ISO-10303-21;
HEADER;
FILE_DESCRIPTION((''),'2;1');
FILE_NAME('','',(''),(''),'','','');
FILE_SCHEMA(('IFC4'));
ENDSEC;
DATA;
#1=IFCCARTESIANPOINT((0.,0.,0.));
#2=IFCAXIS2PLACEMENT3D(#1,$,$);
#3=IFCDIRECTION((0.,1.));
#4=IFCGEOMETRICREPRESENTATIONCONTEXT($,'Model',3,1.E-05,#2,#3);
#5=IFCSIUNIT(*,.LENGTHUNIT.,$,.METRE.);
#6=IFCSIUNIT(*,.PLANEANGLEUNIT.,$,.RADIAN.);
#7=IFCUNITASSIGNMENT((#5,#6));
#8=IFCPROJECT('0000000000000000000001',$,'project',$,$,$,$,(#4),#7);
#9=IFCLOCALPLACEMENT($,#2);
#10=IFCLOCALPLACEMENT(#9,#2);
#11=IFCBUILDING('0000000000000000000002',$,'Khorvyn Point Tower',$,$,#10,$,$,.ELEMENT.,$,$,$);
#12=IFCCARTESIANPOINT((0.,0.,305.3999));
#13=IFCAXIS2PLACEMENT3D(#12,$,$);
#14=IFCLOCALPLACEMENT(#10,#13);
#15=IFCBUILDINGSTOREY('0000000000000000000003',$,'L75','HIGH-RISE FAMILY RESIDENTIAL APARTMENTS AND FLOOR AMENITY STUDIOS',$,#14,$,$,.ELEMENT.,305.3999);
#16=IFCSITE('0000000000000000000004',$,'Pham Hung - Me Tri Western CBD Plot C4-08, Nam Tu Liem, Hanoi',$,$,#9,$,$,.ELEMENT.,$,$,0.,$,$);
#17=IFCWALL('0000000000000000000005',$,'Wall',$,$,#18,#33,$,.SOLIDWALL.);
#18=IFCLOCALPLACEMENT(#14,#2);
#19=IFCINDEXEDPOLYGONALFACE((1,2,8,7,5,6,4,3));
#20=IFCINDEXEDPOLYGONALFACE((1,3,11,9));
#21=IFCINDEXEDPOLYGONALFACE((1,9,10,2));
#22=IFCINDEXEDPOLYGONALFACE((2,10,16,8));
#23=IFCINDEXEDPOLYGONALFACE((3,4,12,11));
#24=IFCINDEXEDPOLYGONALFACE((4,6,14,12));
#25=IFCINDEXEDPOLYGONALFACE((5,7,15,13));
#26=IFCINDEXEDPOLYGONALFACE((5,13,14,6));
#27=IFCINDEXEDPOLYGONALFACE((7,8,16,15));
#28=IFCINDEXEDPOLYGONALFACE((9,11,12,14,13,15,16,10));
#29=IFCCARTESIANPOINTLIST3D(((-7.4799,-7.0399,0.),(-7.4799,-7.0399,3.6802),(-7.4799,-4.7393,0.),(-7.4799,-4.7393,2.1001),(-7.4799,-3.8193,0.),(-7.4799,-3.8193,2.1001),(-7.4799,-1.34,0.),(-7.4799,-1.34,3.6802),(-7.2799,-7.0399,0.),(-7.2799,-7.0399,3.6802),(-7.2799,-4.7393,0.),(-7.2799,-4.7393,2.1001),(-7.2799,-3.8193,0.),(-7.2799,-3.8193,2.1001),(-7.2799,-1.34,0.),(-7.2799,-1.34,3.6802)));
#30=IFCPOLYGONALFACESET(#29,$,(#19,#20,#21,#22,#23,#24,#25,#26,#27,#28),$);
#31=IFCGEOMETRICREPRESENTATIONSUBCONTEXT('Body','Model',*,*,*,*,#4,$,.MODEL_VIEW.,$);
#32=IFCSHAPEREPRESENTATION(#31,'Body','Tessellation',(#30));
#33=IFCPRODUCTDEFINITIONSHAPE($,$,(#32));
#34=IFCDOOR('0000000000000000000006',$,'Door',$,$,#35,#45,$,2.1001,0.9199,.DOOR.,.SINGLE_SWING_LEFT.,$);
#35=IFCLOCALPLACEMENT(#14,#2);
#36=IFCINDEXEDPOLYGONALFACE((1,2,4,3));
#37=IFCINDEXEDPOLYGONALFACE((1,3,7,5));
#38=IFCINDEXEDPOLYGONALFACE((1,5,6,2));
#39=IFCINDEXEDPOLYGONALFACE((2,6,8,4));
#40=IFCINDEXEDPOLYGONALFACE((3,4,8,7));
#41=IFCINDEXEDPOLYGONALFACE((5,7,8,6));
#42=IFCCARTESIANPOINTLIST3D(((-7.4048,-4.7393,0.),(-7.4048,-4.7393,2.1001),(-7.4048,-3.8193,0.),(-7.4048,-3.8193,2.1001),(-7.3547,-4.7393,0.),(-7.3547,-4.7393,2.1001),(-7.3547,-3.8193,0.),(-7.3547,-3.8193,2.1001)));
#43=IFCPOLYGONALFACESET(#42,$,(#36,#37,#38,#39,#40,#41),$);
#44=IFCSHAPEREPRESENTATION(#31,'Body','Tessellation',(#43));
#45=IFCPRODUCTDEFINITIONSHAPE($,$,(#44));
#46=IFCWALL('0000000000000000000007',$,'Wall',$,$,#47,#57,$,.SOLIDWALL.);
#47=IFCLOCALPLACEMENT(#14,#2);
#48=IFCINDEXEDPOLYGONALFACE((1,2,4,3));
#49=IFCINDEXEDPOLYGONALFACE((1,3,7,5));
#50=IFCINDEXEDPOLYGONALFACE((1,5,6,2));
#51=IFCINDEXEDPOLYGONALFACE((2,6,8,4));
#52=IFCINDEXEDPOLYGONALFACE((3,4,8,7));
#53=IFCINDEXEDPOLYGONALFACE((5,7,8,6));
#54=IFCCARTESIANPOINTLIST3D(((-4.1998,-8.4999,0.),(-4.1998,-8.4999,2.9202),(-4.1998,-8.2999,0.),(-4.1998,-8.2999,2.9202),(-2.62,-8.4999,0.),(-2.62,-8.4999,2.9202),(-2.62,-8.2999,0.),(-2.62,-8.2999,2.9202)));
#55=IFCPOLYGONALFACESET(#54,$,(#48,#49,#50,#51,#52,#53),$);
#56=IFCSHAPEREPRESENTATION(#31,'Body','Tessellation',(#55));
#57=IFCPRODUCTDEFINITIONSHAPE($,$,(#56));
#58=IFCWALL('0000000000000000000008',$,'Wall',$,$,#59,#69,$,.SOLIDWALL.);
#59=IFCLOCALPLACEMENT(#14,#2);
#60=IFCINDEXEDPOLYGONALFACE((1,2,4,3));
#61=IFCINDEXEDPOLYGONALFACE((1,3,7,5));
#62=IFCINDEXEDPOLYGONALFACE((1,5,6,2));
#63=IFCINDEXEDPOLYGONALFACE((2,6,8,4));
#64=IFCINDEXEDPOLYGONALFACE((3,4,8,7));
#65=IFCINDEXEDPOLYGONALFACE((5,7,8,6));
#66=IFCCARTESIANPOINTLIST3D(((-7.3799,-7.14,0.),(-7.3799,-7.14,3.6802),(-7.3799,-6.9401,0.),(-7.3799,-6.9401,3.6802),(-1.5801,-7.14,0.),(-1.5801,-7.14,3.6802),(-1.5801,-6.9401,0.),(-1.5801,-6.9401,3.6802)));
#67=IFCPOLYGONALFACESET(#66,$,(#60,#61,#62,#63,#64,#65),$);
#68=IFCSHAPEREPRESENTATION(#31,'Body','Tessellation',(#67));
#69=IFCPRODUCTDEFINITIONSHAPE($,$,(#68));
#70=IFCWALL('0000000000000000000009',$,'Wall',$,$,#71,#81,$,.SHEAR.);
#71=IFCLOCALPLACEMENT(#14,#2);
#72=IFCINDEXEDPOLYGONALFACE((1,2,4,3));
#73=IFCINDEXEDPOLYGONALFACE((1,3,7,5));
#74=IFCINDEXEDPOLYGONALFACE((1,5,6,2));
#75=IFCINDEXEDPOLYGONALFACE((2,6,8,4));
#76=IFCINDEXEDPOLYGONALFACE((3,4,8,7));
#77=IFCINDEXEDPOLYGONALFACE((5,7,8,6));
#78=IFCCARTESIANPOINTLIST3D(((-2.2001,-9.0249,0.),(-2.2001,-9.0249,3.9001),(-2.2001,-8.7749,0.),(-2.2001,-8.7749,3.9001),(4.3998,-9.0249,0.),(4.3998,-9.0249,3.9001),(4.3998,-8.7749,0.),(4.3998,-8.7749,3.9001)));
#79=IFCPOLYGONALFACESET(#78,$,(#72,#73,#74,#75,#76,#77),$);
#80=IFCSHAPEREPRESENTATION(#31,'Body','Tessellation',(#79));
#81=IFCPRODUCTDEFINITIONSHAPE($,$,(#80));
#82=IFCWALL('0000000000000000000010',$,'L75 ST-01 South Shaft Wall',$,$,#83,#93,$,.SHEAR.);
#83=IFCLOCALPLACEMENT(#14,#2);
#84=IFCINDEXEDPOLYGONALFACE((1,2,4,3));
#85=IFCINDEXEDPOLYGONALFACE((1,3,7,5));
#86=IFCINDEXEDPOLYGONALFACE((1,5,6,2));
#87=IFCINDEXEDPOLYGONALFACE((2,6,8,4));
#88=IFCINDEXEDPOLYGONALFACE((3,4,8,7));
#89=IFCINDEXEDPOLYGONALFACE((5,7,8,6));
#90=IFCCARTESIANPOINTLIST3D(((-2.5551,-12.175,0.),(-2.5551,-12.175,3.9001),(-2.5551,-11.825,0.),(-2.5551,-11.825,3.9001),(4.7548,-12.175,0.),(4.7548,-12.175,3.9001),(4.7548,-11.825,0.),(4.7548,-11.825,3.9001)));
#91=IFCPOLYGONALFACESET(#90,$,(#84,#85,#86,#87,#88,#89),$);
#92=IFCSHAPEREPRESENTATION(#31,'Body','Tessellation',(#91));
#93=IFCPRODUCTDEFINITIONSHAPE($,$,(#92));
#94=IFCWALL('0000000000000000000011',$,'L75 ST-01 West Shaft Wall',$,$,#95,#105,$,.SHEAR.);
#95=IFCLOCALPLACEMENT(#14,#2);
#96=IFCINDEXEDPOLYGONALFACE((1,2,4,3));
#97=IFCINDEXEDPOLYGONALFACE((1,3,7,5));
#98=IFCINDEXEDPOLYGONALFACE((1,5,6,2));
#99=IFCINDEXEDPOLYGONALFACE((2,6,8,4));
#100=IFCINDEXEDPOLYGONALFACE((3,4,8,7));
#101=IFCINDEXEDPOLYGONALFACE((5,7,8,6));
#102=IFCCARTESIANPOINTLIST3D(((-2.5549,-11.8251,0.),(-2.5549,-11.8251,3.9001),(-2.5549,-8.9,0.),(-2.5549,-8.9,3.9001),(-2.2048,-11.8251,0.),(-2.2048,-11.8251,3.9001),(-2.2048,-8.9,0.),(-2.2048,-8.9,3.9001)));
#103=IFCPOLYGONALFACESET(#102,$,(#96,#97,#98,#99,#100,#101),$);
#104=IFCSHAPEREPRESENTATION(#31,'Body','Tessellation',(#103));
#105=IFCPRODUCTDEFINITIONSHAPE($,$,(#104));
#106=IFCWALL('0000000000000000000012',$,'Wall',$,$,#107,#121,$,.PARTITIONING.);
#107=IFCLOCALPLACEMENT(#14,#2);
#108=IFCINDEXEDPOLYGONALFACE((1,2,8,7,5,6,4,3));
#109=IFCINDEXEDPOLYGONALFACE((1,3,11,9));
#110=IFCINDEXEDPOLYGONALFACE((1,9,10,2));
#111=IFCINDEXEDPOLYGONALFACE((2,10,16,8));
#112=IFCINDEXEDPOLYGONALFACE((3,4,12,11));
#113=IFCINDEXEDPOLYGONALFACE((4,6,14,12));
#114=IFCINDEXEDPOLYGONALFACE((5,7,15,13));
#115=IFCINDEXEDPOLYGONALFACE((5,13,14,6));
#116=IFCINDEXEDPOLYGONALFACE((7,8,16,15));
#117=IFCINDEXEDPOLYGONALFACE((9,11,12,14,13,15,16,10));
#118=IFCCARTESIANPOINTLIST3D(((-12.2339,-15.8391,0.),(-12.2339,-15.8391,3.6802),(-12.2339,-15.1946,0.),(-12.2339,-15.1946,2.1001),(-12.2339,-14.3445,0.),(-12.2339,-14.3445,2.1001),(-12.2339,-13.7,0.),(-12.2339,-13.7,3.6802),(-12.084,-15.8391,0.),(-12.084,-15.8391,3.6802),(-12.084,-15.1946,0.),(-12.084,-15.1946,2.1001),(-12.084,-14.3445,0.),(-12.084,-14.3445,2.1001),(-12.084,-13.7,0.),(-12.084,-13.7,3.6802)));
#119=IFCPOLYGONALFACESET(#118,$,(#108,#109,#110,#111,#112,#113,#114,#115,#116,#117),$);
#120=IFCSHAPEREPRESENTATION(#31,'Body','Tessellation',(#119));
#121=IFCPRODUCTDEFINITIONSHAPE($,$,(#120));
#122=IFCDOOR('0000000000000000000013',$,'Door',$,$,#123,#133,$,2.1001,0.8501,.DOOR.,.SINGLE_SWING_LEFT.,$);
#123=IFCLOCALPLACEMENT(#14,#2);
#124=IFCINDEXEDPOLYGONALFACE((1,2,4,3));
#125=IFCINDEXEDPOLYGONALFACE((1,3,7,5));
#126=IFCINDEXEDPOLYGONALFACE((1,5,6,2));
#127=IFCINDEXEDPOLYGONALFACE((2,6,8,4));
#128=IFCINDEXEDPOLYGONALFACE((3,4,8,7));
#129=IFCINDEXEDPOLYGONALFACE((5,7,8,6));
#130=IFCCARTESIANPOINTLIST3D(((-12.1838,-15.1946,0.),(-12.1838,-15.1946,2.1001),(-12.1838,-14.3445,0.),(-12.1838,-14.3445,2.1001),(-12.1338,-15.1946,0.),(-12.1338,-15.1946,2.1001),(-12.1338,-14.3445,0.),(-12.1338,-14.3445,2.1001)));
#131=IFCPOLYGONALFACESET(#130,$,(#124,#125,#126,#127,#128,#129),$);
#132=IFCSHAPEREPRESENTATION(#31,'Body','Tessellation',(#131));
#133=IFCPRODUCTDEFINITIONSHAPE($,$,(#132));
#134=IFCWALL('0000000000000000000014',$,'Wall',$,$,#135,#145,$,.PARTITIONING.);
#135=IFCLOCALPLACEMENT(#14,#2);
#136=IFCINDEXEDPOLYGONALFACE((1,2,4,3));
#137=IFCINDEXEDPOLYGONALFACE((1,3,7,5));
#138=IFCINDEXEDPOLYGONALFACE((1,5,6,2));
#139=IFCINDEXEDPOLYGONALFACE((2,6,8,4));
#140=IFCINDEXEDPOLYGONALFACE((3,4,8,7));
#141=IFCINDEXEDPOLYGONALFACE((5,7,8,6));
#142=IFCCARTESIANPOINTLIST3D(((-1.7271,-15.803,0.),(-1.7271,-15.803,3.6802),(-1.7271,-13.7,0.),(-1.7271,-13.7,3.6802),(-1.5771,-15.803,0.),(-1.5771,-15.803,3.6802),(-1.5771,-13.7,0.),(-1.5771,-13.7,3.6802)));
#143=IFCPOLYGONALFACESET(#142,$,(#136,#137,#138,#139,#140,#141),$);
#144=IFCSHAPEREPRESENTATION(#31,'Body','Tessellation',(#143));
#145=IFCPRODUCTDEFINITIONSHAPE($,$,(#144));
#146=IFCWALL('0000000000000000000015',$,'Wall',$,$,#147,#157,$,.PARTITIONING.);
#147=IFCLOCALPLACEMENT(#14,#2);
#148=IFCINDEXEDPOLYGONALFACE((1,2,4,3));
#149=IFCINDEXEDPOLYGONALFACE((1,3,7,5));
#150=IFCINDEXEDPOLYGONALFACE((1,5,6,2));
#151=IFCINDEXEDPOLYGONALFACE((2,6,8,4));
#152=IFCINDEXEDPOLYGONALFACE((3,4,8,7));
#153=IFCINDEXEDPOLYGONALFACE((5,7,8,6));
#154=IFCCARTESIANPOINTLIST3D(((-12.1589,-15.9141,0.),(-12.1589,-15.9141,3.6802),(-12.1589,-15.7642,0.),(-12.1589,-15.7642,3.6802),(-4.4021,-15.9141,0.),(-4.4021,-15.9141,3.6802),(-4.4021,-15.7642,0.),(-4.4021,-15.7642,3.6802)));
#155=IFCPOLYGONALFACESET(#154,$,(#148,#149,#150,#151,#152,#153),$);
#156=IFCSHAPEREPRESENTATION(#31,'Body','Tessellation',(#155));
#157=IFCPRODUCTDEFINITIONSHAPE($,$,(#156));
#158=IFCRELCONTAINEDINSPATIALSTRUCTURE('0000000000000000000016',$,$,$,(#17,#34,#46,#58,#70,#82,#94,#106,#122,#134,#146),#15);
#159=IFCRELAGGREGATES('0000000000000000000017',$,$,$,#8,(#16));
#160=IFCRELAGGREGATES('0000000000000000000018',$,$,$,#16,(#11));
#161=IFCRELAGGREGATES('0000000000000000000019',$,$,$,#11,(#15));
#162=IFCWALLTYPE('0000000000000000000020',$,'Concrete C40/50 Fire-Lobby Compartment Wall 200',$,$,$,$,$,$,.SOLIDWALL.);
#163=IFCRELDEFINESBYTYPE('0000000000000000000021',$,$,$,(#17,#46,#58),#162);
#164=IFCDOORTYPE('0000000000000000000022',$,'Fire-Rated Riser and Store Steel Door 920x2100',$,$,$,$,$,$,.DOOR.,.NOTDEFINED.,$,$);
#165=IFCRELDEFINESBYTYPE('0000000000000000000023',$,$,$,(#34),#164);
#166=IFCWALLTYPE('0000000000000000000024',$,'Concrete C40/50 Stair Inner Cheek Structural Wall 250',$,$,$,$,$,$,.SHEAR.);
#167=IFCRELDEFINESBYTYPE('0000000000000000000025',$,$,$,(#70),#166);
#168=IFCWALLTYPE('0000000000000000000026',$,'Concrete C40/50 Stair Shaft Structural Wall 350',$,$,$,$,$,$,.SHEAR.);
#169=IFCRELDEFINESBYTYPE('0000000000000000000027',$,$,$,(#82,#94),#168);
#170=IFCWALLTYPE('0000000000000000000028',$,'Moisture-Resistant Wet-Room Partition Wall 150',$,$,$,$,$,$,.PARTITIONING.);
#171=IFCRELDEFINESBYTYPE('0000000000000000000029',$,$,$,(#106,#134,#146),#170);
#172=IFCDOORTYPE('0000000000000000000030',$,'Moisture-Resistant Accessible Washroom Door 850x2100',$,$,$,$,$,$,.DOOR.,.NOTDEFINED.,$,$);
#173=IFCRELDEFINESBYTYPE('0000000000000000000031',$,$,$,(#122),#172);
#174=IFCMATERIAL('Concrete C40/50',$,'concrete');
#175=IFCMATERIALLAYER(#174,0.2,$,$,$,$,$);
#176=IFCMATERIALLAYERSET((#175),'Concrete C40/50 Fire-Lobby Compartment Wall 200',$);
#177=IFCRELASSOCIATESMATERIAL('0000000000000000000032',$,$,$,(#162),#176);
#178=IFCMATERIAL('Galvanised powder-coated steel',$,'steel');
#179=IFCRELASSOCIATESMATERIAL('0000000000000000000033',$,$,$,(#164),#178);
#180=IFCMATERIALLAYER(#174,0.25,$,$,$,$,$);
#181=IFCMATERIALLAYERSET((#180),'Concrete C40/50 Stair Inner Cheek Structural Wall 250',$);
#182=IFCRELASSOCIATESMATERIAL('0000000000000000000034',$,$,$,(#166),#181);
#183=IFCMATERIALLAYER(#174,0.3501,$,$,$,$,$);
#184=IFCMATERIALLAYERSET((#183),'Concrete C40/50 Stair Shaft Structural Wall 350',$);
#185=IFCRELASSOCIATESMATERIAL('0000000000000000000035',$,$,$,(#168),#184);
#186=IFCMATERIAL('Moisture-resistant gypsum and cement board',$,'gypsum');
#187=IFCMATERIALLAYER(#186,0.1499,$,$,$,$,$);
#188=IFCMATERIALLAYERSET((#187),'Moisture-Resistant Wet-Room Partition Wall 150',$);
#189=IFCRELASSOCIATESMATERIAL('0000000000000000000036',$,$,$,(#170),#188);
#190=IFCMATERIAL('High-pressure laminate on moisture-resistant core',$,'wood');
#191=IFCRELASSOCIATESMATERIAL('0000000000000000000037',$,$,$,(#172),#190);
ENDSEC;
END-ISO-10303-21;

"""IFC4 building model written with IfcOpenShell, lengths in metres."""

from ifc_helpers import new_model, si_unit, direction, frame, frame_2d, origin, place, context, subcontext, project, spatial, rectangle, extrude, material, layer, layer_set, type_object, element, fill, save


model = new_model("IFC4")

# Units and contexts
model_context = context("Model", 3, precision=1e-05, world=origin(), true_north=direction((0.0, 1.0)))
body_context = subcontext(model_context, "Body", "Model", "MODEL_VIEW")
ifc_project = project(units=[si_unit("LENGTHUNIT", "METRE"), si_unit("PLANEANGLEUNIT", "RADIAN")], contexts=[model_context])

# Site, building, storey
site_placement = place(None, origin())
site = spatial("IfcSite", under=ifc_project, at=site_placement, Name="Pham Hung - Me Tri Western CBD Plot C4-08, Nam Tu Liem, Hanoi", CompositionType="ELEMENT", RefElevation=0.0)
building_placement = place(site_placement, origin())
building = spatial("IfcBuilding", under=site, at=building_placement, Name="Khorvyn Point Tower", CompositionType="ELEMENT")
storey_placement = place(building_placement, frame((0.0, 0.0, 305.3999)))
storey = spatial("IfcBuildingStorey", under=building, at=storey_placement, Name="L75", Description="HIGH-RISE FAMILY RESIDENTIAL APARTMENTS AND FLOOR AMENITY STUDIOS", CompositionType="ELEMENT", Elevation=305.3999)

# Shared definitions
ifc_material_1 = material(Name="Concrete C40/50", Category="concrete")

# Wall, opening, door
ifc_layer_1 = layer(ifc_material_1, 0.2)
ifc_layer_set_1 = layer_set([ifc_layer_1], Name="Concrete C40/50 Fire-Lobby Compartment Wall 200")
wall_type_1 = type_object("IfcWallType", Name="Concrete C40/50 Fire-Lobby Compartment Wall 200", PredefinedType="SOLIDWALL", material=ifc_layer_set_1)
ifc_material_2 = material(Name="Galvanised powder-coated steel", Category="steel")
wall_1_placement = place(storey_placement, frame((-7.3799, -7.04, 0.0), z_axis=(0.0, 0.0, 1.0), x_axis=(0.0, 1.0, 0.0)))
wall_1 = element("IfcWall", 1, at=wall_1_placement, inside=storey, type_object=wall_type_1, Name="Wall", PredefinedType="SOLIDWALL", context=body_context, shape_type="SweptSolid", body=[
    extrude(rectangle(XDim=5.7, YDim=0.2, at=frame_2d((2.8501, 0.0))), origin(), (0.0, 0.0, 1.0), 3.6802),
])
opening_1_placement = place(wall_1_placement, frame((2.3008, 0.0, 0.0)))
opening_1 = element("IfcOpeningElement", 2, at=opening_1_placement, cuts=wall_1, PredefinedType="OPENING", context=body_context, shape_type="SweptSolid", body=[
    extrude(rectangle(XDim=0.9199, YDim=2.1001, at=frame_2d((0.46, 1.05))), frame((0.0, 0.1099, 0.0), z_axis=(0.0, -1.0, 0.0), x_axis=(1.0, 0.0, 0.0)), (0.0, 0.0, 1.0), 0.22),
])
door_type_1 = type_object("IfcDoorType", Name="Fire-Rated Riser and Store Steel Door 920x2100", OperationType="NOTDEFINED", PredefinedType="DOOR", material=ifc_material_2)
door_1_placement = place(opening_1_placement, origin())
door_1 = element("IfcDoor", 3, at=door_1_placement, inside=storey, type_object=door_type_1, Name="Door", OperationType="SINGLE_SWING_LEFT", OverallHeight=2.1001, OverallWidth=0.9199, PredefinedType="DOOR", context=body_context, shape_type="SweptSolid", body=[
    extrude(rectangle(XDim=0.9199, YDim=2.1001, at=frame_2d((0.46, 1.05))), frame((0.0, 0.0249, 0.0), z_axis=(0.0, -1.0, 0.0), x_axis=(1.0, 0.0, 0.0)), (0.0, 0.0, 1.0), 0.05),
])
fill(opening_1, door_1)

# Walls
wall_2_placement = place(storey_placement, frame((-4.2, -8.3999, 0.0), z_axis=(0.0, 0.0, 1.0), x_axis=(1.0, 0.0, 0.0)))
element("IfcWall", 4, at=wall_2_placement, inside=storey, type_object=wall_type_1, Name="Wall", PredefinedType="SOLIDWALL", context=body_context, shape_type="SweptSolid", body=[
    extrude(rectangle(XDim=1.5798, YDim=0.2, at=frame_2d((0.79, 0.0))), origin(), (0.0, 0.0, 1.0), 2.9202),
])
wall_3_placement = place(storey_placement, frame((-7.3799, -7.04, 0.0), z_axis=(0.0, 0.0, 1.0), x_axis=(1.0, 0.0, 0.0)))
element("IfcWall", 5, at=wall_3_placement, inside=storey, type_object=wall_type_1, Name="Wall", PredefinedType="SOLIDWALL", context=body_context, shape_type="SweptSolid", body=[
    extrude(rectangle(XDim=5.7998, YDim=0.2, at=frame_2d((2.8999, 0.0))), origin(), (0.0, 0.0, 1.0), 3.6802),
])
ifc_layer_2 = layer(ifc_material_1, 0.25)
ifc_layer_set_2 = layer_set([ifc_layer_2], Name="Concrete C40/50 Stair Inner Cheek Structural Wall 250")
wall_type_2 = type_object("IfcWallType", Name="Concrete C40/50 Stair Inner Cheek Structural Wall 250", PredefinedType="SHEAR", material=ifc_layer_set_2)
wall_4_placement = place(storey_placement, frame((-2.2, -8.8999, 0.0), z_axis=(0.0, 0.0, 1.0), x_axis=(1.0, 0.0, 0.0)))
element("IfcWall", 6, at=wall_4_placement, inside=storey, type_object=wall_type_2, Name="Wall", PredefinedType="SHEAR", context=body_context, shape_type="SweptSolid", body=[
    extrude(rectangle(XDim=6.5999, YDim=0.25, at=frame_2d((3.2998, 0.0))), origin(), (0.0, 0.0, 1.0), 3.9001),
])
ifc_layer_3 = layer(ifc_material_1, 0.3501)
ifc_layer_set_3 = layer_set([ifc_layer_3], Name="Concrete C40/50 Stair Shaft Structural Wall 350")
wall_type_3 = type_object("IfcWallType", Name="Concrete C40/50 Stair Shaft Structural Wall 350", PredefinedType="SHEAR", material=ifc_layer_set_3)
wall_5_placement = place(storey_placement, frame((-2.5549, -12.0, 0.0), z_axis=(0.0, 0.0, 1.0), x_axis=(1.0, 0.0, 0.0)))
element("IfcWall", 7, at=wall_5_placement, inside=storey, type_object=wall_type_3, Name="L75 ST-01 South Shaft Wall", PredefinedType="SHEAR", context=body_context, shape_type="SweptSolid", body=[
    extrude(rectangle(XDim=7.3098, YDim=0.3501, at=frame_2d((3.6548, 0.0))), origin(), (0.0, 0.0, 1.0), 3.9001),
])
wall_6_placement = place(storey_placement, frame((-2.3799, -11.825, 0.0), z_axis=(0.0, 0.0, 1.0), x_axis=(0.0, 1.0, 0.0)))
element("IfcWall", 8, at=wall_6_placement, inside=storey, type_object=wall_type_3, Name="L75 ST-01 West Shaft Wall", PredefinedType="SHEAR", context=body_context, shape_type="SweptSolid", body=[
    extrude(rectangle(XDim=2.925, YDim=0.3501, at=frame_2d((1.4624, 0.0))), origin(), (0.0, 0.0, 1.0), 3.9001),
])

# Wall, opening, door
ifc_material_3 = material(Name="Moisture-resistant gypsum and cement board", Category="gypsum")
ifc_layer_4 = layer(ifc_material_3, 0.1499)
ifc_layer_set_4 = layer_set([ifc_layer_4], Name="Moisture-Resistant Wet-Room Partition Wall 150")
wall_type_4 = type_object("IfcWallType", Name="Moisture-Resistant Wet-Room Partition Wall 150", PredefinedType="PARTITIONING", material=ifc_layer_set_4)
wall_7_placement = place(storey_placement, frame((-12.1589, -15.8391, 0.0), z_axis=(0.0, 0.0, 1.0), x_axis=(0.0, 1.0, 0.0)))
wall_7 = element("IfcWall", 9, at=wall_7_placement, inside=storey, type_object=wall_type_4, Name="Wall", PredefinedType="PARTITIONING", context=body_context, shape_type="SweptSolid", body=[
    extrude(rectangle(XDim=2.1392, YDim=0.1499, at=frame_2d((1.0696, 0.0))), origin(), (0.0, 0.0, 1.0), 3.6802),
])
opening_2_placement = place(wall_7_placement, frame((0.6445, 0.0, 0.0)))
opening_2 = element("IfcOpeningElement", 10, at=opening_2_placement, cuts=wall_7, PredefinedType="OPENING", context=body_context, shape_type="SweptSolid", body=[
    extrude(rectangle(XDim=0.8501, YDim=2.1001, at=frame_2d((0.425, 1.05))), frame((0.0, 0.085, 0.0), z_axis=(0.0, -1.0, 0.0), x_axis=(1.0, 0.0, 0.0)), (0.0, 0.0, 1.0), 0.1699),
])
ifc_material_4 = material(Name="High-pressure laminate on moisture-resistant core", Category="wood")
door_type_2 = type_object("IfcDoorType", Name="Moisture-Resistant Accessible Washroom Door 850x2100", OperationType="NOTDEFINED", PredefinedType="DOOR", material=ifc_material_4)
door_2_placement = place(opening_2_placement, origin())
door_2 = element("IfcDoor", 11, at=door_2_placement, inside=storey, type_object=door_type_2, Name="Door", OperationType="SINGLE_SWING_LEFT", OverallHeight=2.1001, OverallWidth=0.8501, PredefinedType="DOOR", context=body_context, shape_type="SweptSolid", body=[
    extrude(rectangle(XDim=0.8501, YDim=2.1001, at=frame_2d((0.425, 1.05))), frame((0.0, 0.0249, 0.0), z_axis=(0.0, -1.0, 0.0), x_axis=(1.0, 0.0, 0.0)), (0.0, 0.0, 1.0), 0.05),
])
fill(opening_2, door_2)

# Walls
wall_8_placement = place(storey_placement, frame((-1.6521, -15.803, 0.0), z_axis=(0.0, 0.0, 1.0), x_axis=(0.0, 1.0, 0.0)))
element("IfcWall", 12, at=wall_8_placement, inside=storey, type_object=wall_type_4, Name="Wall", PredefinedType="PARTITIONING", context=body_context, shape_type="SweptSolid", body=[
    extrude(rectangle(XDim=2.103, YDim=0.1499, at=frame_2d((1.0515, 0.0))), origin(), (0.0, 0.0, 1.0), 3.6802),
])
wall_9_placement = place(storey_placement, frame((-12.1589, -15.8391, 0.0), z_axis=(0.0, 0.0, 1.0), x_axis=(1.0, 0.0, 0.0)))
element("IfcWall", 13, at=wall_9_placement, inside=storey, type_object=wall_type_4, Name="Wall", PredefinedType="PARTITIONING", context=body_context, shape_type="SweptSolid", body=[
    extrude(rectangle(XDim=7.7568, YDim=0.1499, at=frame_2d((3.8784, 0.0))), origin(), (0.0, 0.0, 1.0), 3.6802),
])

save(model, "model.ifc")
